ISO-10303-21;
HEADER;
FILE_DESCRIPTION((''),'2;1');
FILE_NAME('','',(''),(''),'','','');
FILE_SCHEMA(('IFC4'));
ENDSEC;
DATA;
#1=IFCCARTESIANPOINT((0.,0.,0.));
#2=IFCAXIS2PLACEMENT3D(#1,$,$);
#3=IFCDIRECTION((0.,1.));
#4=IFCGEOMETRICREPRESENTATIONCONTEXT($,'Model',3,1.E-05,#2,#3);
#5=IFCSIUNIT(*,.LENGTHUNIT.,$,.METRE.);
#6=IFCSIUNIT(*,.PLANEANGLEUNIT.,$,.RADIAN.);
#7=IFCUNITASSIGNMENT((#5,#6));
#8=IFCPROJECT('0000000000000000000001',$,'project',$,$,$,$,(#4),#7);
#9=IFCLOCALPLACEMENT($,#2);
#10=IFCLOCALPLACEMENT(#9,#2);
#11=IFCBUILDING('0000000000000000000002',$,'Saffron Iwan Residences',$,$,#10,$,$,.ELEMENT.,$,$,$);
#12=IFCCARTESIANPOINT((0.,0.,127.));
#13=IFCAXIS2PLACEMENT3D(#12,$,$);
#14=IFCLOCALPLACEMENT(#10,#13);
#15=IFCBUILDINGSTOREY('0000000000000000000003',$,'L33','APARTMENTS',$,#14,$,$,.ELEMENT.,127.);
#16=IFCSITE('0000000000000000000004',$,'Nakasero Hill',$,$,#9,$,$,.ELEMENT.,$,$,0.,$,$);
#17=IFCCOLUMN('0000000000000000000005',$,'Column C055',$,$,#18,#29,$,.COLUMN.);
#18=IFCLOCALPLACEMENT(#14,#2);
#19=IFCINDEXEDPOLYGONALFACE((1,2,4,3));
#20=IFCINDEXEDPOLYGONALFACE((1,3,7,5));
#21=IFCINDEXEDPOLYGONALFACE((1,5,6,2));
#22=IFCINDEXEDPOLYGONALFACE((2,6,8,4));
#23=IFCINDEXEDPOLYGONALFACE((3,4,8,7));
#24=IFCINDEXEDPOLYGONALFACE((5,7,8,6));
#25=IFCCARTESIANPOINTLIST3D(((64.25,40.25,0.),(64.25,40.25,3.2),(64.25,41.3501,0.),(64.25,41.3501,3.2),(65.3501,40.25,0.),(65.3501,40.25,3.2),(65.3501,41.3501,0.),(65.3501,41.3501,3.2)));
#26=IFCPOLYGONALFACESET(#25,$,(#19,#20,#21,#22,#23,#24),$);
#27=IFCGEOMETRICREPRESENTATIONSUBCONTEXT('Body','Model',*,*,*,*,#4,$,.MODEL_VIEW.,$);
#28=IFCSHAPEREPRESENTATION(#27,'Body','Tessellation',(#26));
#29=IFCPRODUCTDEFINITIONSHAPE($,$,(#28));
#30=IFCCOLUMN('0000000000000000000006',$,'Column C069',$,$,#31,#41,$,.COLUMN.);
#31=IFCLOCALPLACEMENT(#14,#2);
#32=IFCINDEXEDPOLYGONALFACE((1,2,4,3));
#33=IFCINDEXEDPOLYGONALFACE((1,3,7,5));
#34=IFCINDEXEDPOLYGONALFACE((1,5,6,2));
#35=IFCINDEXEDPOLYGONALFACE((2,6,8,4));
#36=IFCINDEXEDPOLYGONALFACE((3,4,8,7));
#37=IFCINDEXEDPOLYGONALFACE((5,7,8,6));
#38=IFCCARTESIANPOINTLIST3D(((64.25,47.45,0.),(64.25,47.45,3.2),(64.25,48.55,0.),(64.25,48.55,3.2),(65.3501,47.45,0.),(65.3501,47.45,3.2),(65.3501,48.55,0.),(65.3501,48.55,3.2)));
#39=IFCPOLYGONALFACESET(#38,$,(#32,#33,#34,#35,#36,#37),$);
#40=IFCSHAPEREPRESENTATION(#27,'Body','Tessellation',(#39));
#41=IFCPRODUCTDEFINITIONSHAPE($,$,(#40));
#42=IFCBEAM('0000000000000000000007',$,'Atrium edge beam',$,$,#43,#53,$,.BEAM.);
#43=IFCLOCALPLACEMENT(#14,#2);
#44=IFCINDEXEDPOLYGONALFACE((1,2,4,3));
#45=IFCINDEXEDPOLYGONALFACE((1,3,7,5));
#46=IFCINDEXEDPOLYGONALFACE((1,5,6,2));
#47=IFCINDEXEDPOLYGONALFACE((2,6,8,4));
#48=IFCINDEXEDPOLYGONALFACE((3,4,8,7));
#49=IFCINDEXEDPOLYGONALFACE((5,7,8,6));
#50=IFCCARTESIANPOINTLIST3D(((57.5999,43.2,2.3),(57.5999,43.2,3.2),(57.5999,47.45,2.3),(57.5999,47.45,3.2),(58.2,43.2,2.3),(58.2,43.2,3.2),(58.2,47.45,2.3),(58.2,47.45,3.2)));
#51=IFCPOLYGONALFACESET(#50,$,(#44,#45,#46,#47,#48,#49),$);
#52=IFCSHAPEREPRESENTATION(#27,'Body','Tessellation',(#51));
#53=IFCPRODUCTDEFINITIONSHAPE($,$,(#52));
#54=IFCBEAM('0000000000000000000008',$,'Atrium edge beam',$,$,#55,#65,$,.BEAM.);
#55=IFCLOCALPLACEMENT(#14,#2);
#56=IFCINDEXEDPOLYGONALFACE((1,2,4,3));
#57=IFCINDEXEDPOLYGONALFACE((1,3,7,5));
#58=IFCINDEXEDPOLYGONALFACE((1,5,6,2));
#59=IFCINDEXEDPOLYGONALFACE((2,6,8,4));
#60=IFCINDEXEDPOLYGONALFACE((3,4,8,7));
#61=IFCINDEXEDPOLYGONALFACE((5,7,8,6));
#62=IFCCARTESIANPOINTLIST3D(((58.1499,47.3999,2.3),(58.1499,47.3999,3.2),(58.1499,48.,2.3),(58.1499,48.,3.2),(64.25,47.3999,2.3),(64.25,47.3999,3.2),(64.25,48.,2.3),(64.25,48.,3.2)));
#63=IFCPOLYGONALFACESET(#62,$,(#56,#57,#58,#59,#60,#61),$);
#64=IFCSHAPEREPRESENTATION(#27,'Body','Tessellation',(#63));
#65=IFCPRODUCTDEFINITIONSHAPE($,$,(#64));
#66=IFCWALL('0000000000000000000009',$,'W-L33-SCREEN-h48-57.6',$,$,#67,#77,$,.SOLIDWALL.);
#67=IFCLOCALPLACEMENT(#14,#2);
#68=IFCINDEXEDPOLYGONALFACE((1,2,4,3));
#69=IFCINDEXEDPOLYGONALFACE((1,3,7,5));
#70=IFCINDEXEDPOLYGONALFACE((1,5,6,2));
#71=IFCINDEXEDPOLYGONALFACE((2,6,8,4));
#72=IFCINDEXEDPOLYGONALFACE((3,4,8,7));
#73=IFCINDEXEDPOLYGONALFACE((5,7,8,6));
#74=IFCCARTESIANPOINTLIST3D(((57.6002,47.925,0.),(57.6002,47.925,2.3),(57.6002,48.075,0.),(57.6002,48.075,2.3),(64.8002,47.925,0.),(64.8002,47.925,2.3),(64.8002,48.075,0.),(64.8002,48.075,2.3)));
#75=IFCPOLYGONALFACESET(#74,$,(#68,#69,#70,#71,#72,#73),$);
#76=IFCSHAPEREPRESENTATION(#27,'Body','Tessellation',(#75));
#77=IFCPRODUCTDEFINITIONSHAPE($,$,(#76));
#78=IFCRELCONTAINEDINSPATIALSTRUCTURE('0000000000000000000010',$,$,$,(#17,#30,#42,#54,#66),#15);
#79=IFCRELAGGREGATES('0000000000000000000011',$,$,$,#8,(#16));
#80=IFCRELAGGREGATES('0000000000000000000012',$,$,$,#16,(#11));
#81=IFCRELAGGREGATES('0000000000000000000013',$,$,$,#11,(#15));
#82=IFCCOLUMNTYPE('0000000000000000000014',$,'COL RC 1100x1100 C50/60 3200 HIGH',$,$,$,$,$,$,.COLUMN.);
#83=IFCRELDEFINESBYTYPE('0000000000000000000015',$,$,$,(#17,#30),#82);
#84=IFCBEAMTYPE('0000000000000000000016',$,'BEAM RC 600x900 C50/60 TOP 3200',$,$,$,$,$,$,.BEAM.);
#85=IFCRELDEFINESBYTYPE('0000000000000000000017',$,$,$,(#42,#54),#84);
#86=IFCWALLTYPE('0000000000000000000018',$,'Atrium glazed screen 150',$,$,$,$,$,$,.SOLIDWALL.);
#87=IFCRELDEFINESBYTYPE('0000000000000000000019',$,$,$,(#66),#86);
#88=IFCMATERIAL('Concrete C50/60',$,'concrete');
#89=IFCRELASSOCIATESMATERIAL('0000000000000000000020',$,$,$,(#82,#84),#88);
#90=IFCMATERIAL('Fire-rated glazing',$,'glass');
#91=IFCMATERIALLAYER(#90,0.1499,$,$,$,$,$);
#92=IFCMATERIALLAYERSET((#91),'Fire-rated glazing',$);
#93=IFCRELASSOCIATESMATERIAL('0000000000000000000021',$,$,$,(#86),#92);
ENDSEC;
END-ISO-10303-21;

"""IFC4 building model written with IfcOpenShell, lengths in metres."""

from ifc_helpers import new_model, si_unit, direction, frame, frame_2d, origin, origin_2d, place, context, subcontext, project, spatial, rectangle, extrude, source, transform, mapped, material, layer, layer_set, material_profile, profile_set, type_object, element, save


model = new_model("IFC4")

# Units and contexts
model_context = context("Model", 3, precision=1e-05, world=origin(), true_north=direction((0.0, 1.0)))
body_context = subcontext(model_context, "Body", "Model", "MODEL_VIEW")
ifc_project = project(units=[si_unit("LENGTHUNIT", "METRE"), si_unit("PLANEANGLEUNIT", "RADIAN")], contexts=[model_context])

# Site, building, storey
site_placement = place(None, origin())
site = spatial("IfcSite", under=ifc_project, at=site_placement, Name="Nakasero Hill", CompositionType="ELEMENT", RefElevation=0.0)
building_placement = place(site_placement, origin())
building = spatial("IfcBuilding", under=site, at=building_placement, Name="Saffron Iwan Residences", CompositionType="ELEMENT")
storey_placement = place(building_placement, frame((0.0, 0.0, 127.0)))
storey = spatial("IfcBuildingStorey", under=building, at=storey_placement, Name="L33", Description="APARTMENTS", CompositionType="ELEMENT", Elevation=127.0)

# Columns
ifc_material_1 = material(Name="Concrete C50/60", Category="concrete")
ifc_material_profile_1 = material_profile(ifc_material_1, rectangle(XDim=1.1001, YDim=1.1001, at=origin_2d()), Name="RC 1100x1100")
ifc_profile_set_1 = profile_set([ifc_material_profile_1], Name="Concrete C50/60")
column_type = type_object("IfcColumnType", Name="COL RC 1100x1100 C50/60 3200 HIGH", PredefinedType="COLUMN", material=ifc_profile_set_1)
shared_shape_1 = source(origin(), body_context, "Body", "SweptSolid", [
    extrude(rectangle(XDim=1.1001, YDim=1.1001, at=origin_2d()), origin(), (0.0, 0.0, 1.0), 3.2),
])
for number, where, z_axis, x_axis, name in (
    (1, (64.8, 40.8, 0.0), (0.0, 0.0, 1.0), (1.0, 0.0, 0.0), "Column C055"),
    (2, (64.8, 48.0, 0.0), (0.0, 0.0, 1.0), (1.0, 0.0, 0.0), "Column C069"),
):
    element("IfcColumn", number, at=place(storey_placement, frame(where, z_axis=z_axis, x_axis=x_axis)), inside=storey, type_object=column_type, Name=name, PredefinedType="COLUMN", context=body_context, shape_type="MappedRepresentation", body=[
        mapped(shared_shape_1, transform((0.0, 0.0, 0.0))),
    ])

# Beams
ifc_material_profile_2 = material_profile(ifc_material_1, rectangle(XDim=0.6001, YDim=0.8999, at=origin_2d()), Name="RC 600x900")
ifc_profile_set_2 = profile_set([ifc_material_profile_2], Name="Concrete C50/60")
beam_type = type_object("IfcBeamType", Name="BEAM RC 600x900 C50/60 TOP 3200", PredefinedType="BEAM", material=ifc_profile_set_2)
shared_shape_2 = source(origin(), body_context, "Body", "SweptSolid", [
    extrude(rectangle(XDim=0.6001, YDim=0.8999, at=origin_2d()), origin(), (0.0, 0.0, 1.0), 4.25),
])
beam_1_placement = place(storey_placement, frame((57.8999, 47.45, 2.75), z_axis=(0.0, -1.0, 0.0), x_axis=(1.0, 0.0, 0.0)))
element("IfcBeam", 3, at=beam_1_placement, inside=storey, type_object=beam_type, Name="Atrium edge beam", PredefinedType="BEAM", context=body_context, shape_type="MappedRepresentation", body=[
    mapped(shared_shape_2, transform((0.0, 0.0, 0.0))),
])
shared_shape_3 = source(origin(), body_context, "Body", "SweptSolid", [
    extrude(rectangle(XDim=0.6001, YDim=0.8999, at=origin_2d()), origin(), (0.0, 0.0, 1.0), 6.1001),
])
beam_2_placement = place(storey_placement, frame((64.25, 47.7, 2.75), z_axis=(-1.0, 0.0, 0.0), x_axis=(0.0, -1.0, 0.0)))
element("IfcBeam", 4, at=beam_2_placement, inside=storey, type_object=beam_type, Name="Atrium edge beam", PredefinedType="BEAM", context=body_context, shape_type="MappedRepresentation", body=[
    mapped(shared_shape_3, transform((0.0, 0.0, 0.0))),
])

# Wall
ifc_material_2 = material(Name="Fire-rated glazing", Category="glass")
ifc_layer_1 = layer(ifc_material_2, 0.1499)
ifc_layer_set_1 = layer_set([ifc_layer_1], Name="Fire-rated glazing")
wall_type_1 = type_object("IfcWallType", Name="Atrium glazed screen 150", PredefinedType="SOLIDWALL", material=ifc_layer_set_1)
wall_1_placement = place(storey_placement, frame((57.6001, 48.0, 0.0), z_axis=(0.0, 0.0, 1.0), x_axis=(1.0, 0.0, 0.0)))
element("IfcWall", 5, at=wall_1_placement, inside=storey, type_object=wall_type_1, Name="W-L33-SCREEN-h48-57.6", PredefinedType="SOLIDWALL", context=body_context, shape_type="SweptSolid", body=[
    extrude(rectangle(XDim=7.2, YDim=0.1499, at=frame_2d((3.6001, 0.0))), origin(), (0.0, 0.0, 1.0), 2.3),
])

save(model, "model.ifc")
